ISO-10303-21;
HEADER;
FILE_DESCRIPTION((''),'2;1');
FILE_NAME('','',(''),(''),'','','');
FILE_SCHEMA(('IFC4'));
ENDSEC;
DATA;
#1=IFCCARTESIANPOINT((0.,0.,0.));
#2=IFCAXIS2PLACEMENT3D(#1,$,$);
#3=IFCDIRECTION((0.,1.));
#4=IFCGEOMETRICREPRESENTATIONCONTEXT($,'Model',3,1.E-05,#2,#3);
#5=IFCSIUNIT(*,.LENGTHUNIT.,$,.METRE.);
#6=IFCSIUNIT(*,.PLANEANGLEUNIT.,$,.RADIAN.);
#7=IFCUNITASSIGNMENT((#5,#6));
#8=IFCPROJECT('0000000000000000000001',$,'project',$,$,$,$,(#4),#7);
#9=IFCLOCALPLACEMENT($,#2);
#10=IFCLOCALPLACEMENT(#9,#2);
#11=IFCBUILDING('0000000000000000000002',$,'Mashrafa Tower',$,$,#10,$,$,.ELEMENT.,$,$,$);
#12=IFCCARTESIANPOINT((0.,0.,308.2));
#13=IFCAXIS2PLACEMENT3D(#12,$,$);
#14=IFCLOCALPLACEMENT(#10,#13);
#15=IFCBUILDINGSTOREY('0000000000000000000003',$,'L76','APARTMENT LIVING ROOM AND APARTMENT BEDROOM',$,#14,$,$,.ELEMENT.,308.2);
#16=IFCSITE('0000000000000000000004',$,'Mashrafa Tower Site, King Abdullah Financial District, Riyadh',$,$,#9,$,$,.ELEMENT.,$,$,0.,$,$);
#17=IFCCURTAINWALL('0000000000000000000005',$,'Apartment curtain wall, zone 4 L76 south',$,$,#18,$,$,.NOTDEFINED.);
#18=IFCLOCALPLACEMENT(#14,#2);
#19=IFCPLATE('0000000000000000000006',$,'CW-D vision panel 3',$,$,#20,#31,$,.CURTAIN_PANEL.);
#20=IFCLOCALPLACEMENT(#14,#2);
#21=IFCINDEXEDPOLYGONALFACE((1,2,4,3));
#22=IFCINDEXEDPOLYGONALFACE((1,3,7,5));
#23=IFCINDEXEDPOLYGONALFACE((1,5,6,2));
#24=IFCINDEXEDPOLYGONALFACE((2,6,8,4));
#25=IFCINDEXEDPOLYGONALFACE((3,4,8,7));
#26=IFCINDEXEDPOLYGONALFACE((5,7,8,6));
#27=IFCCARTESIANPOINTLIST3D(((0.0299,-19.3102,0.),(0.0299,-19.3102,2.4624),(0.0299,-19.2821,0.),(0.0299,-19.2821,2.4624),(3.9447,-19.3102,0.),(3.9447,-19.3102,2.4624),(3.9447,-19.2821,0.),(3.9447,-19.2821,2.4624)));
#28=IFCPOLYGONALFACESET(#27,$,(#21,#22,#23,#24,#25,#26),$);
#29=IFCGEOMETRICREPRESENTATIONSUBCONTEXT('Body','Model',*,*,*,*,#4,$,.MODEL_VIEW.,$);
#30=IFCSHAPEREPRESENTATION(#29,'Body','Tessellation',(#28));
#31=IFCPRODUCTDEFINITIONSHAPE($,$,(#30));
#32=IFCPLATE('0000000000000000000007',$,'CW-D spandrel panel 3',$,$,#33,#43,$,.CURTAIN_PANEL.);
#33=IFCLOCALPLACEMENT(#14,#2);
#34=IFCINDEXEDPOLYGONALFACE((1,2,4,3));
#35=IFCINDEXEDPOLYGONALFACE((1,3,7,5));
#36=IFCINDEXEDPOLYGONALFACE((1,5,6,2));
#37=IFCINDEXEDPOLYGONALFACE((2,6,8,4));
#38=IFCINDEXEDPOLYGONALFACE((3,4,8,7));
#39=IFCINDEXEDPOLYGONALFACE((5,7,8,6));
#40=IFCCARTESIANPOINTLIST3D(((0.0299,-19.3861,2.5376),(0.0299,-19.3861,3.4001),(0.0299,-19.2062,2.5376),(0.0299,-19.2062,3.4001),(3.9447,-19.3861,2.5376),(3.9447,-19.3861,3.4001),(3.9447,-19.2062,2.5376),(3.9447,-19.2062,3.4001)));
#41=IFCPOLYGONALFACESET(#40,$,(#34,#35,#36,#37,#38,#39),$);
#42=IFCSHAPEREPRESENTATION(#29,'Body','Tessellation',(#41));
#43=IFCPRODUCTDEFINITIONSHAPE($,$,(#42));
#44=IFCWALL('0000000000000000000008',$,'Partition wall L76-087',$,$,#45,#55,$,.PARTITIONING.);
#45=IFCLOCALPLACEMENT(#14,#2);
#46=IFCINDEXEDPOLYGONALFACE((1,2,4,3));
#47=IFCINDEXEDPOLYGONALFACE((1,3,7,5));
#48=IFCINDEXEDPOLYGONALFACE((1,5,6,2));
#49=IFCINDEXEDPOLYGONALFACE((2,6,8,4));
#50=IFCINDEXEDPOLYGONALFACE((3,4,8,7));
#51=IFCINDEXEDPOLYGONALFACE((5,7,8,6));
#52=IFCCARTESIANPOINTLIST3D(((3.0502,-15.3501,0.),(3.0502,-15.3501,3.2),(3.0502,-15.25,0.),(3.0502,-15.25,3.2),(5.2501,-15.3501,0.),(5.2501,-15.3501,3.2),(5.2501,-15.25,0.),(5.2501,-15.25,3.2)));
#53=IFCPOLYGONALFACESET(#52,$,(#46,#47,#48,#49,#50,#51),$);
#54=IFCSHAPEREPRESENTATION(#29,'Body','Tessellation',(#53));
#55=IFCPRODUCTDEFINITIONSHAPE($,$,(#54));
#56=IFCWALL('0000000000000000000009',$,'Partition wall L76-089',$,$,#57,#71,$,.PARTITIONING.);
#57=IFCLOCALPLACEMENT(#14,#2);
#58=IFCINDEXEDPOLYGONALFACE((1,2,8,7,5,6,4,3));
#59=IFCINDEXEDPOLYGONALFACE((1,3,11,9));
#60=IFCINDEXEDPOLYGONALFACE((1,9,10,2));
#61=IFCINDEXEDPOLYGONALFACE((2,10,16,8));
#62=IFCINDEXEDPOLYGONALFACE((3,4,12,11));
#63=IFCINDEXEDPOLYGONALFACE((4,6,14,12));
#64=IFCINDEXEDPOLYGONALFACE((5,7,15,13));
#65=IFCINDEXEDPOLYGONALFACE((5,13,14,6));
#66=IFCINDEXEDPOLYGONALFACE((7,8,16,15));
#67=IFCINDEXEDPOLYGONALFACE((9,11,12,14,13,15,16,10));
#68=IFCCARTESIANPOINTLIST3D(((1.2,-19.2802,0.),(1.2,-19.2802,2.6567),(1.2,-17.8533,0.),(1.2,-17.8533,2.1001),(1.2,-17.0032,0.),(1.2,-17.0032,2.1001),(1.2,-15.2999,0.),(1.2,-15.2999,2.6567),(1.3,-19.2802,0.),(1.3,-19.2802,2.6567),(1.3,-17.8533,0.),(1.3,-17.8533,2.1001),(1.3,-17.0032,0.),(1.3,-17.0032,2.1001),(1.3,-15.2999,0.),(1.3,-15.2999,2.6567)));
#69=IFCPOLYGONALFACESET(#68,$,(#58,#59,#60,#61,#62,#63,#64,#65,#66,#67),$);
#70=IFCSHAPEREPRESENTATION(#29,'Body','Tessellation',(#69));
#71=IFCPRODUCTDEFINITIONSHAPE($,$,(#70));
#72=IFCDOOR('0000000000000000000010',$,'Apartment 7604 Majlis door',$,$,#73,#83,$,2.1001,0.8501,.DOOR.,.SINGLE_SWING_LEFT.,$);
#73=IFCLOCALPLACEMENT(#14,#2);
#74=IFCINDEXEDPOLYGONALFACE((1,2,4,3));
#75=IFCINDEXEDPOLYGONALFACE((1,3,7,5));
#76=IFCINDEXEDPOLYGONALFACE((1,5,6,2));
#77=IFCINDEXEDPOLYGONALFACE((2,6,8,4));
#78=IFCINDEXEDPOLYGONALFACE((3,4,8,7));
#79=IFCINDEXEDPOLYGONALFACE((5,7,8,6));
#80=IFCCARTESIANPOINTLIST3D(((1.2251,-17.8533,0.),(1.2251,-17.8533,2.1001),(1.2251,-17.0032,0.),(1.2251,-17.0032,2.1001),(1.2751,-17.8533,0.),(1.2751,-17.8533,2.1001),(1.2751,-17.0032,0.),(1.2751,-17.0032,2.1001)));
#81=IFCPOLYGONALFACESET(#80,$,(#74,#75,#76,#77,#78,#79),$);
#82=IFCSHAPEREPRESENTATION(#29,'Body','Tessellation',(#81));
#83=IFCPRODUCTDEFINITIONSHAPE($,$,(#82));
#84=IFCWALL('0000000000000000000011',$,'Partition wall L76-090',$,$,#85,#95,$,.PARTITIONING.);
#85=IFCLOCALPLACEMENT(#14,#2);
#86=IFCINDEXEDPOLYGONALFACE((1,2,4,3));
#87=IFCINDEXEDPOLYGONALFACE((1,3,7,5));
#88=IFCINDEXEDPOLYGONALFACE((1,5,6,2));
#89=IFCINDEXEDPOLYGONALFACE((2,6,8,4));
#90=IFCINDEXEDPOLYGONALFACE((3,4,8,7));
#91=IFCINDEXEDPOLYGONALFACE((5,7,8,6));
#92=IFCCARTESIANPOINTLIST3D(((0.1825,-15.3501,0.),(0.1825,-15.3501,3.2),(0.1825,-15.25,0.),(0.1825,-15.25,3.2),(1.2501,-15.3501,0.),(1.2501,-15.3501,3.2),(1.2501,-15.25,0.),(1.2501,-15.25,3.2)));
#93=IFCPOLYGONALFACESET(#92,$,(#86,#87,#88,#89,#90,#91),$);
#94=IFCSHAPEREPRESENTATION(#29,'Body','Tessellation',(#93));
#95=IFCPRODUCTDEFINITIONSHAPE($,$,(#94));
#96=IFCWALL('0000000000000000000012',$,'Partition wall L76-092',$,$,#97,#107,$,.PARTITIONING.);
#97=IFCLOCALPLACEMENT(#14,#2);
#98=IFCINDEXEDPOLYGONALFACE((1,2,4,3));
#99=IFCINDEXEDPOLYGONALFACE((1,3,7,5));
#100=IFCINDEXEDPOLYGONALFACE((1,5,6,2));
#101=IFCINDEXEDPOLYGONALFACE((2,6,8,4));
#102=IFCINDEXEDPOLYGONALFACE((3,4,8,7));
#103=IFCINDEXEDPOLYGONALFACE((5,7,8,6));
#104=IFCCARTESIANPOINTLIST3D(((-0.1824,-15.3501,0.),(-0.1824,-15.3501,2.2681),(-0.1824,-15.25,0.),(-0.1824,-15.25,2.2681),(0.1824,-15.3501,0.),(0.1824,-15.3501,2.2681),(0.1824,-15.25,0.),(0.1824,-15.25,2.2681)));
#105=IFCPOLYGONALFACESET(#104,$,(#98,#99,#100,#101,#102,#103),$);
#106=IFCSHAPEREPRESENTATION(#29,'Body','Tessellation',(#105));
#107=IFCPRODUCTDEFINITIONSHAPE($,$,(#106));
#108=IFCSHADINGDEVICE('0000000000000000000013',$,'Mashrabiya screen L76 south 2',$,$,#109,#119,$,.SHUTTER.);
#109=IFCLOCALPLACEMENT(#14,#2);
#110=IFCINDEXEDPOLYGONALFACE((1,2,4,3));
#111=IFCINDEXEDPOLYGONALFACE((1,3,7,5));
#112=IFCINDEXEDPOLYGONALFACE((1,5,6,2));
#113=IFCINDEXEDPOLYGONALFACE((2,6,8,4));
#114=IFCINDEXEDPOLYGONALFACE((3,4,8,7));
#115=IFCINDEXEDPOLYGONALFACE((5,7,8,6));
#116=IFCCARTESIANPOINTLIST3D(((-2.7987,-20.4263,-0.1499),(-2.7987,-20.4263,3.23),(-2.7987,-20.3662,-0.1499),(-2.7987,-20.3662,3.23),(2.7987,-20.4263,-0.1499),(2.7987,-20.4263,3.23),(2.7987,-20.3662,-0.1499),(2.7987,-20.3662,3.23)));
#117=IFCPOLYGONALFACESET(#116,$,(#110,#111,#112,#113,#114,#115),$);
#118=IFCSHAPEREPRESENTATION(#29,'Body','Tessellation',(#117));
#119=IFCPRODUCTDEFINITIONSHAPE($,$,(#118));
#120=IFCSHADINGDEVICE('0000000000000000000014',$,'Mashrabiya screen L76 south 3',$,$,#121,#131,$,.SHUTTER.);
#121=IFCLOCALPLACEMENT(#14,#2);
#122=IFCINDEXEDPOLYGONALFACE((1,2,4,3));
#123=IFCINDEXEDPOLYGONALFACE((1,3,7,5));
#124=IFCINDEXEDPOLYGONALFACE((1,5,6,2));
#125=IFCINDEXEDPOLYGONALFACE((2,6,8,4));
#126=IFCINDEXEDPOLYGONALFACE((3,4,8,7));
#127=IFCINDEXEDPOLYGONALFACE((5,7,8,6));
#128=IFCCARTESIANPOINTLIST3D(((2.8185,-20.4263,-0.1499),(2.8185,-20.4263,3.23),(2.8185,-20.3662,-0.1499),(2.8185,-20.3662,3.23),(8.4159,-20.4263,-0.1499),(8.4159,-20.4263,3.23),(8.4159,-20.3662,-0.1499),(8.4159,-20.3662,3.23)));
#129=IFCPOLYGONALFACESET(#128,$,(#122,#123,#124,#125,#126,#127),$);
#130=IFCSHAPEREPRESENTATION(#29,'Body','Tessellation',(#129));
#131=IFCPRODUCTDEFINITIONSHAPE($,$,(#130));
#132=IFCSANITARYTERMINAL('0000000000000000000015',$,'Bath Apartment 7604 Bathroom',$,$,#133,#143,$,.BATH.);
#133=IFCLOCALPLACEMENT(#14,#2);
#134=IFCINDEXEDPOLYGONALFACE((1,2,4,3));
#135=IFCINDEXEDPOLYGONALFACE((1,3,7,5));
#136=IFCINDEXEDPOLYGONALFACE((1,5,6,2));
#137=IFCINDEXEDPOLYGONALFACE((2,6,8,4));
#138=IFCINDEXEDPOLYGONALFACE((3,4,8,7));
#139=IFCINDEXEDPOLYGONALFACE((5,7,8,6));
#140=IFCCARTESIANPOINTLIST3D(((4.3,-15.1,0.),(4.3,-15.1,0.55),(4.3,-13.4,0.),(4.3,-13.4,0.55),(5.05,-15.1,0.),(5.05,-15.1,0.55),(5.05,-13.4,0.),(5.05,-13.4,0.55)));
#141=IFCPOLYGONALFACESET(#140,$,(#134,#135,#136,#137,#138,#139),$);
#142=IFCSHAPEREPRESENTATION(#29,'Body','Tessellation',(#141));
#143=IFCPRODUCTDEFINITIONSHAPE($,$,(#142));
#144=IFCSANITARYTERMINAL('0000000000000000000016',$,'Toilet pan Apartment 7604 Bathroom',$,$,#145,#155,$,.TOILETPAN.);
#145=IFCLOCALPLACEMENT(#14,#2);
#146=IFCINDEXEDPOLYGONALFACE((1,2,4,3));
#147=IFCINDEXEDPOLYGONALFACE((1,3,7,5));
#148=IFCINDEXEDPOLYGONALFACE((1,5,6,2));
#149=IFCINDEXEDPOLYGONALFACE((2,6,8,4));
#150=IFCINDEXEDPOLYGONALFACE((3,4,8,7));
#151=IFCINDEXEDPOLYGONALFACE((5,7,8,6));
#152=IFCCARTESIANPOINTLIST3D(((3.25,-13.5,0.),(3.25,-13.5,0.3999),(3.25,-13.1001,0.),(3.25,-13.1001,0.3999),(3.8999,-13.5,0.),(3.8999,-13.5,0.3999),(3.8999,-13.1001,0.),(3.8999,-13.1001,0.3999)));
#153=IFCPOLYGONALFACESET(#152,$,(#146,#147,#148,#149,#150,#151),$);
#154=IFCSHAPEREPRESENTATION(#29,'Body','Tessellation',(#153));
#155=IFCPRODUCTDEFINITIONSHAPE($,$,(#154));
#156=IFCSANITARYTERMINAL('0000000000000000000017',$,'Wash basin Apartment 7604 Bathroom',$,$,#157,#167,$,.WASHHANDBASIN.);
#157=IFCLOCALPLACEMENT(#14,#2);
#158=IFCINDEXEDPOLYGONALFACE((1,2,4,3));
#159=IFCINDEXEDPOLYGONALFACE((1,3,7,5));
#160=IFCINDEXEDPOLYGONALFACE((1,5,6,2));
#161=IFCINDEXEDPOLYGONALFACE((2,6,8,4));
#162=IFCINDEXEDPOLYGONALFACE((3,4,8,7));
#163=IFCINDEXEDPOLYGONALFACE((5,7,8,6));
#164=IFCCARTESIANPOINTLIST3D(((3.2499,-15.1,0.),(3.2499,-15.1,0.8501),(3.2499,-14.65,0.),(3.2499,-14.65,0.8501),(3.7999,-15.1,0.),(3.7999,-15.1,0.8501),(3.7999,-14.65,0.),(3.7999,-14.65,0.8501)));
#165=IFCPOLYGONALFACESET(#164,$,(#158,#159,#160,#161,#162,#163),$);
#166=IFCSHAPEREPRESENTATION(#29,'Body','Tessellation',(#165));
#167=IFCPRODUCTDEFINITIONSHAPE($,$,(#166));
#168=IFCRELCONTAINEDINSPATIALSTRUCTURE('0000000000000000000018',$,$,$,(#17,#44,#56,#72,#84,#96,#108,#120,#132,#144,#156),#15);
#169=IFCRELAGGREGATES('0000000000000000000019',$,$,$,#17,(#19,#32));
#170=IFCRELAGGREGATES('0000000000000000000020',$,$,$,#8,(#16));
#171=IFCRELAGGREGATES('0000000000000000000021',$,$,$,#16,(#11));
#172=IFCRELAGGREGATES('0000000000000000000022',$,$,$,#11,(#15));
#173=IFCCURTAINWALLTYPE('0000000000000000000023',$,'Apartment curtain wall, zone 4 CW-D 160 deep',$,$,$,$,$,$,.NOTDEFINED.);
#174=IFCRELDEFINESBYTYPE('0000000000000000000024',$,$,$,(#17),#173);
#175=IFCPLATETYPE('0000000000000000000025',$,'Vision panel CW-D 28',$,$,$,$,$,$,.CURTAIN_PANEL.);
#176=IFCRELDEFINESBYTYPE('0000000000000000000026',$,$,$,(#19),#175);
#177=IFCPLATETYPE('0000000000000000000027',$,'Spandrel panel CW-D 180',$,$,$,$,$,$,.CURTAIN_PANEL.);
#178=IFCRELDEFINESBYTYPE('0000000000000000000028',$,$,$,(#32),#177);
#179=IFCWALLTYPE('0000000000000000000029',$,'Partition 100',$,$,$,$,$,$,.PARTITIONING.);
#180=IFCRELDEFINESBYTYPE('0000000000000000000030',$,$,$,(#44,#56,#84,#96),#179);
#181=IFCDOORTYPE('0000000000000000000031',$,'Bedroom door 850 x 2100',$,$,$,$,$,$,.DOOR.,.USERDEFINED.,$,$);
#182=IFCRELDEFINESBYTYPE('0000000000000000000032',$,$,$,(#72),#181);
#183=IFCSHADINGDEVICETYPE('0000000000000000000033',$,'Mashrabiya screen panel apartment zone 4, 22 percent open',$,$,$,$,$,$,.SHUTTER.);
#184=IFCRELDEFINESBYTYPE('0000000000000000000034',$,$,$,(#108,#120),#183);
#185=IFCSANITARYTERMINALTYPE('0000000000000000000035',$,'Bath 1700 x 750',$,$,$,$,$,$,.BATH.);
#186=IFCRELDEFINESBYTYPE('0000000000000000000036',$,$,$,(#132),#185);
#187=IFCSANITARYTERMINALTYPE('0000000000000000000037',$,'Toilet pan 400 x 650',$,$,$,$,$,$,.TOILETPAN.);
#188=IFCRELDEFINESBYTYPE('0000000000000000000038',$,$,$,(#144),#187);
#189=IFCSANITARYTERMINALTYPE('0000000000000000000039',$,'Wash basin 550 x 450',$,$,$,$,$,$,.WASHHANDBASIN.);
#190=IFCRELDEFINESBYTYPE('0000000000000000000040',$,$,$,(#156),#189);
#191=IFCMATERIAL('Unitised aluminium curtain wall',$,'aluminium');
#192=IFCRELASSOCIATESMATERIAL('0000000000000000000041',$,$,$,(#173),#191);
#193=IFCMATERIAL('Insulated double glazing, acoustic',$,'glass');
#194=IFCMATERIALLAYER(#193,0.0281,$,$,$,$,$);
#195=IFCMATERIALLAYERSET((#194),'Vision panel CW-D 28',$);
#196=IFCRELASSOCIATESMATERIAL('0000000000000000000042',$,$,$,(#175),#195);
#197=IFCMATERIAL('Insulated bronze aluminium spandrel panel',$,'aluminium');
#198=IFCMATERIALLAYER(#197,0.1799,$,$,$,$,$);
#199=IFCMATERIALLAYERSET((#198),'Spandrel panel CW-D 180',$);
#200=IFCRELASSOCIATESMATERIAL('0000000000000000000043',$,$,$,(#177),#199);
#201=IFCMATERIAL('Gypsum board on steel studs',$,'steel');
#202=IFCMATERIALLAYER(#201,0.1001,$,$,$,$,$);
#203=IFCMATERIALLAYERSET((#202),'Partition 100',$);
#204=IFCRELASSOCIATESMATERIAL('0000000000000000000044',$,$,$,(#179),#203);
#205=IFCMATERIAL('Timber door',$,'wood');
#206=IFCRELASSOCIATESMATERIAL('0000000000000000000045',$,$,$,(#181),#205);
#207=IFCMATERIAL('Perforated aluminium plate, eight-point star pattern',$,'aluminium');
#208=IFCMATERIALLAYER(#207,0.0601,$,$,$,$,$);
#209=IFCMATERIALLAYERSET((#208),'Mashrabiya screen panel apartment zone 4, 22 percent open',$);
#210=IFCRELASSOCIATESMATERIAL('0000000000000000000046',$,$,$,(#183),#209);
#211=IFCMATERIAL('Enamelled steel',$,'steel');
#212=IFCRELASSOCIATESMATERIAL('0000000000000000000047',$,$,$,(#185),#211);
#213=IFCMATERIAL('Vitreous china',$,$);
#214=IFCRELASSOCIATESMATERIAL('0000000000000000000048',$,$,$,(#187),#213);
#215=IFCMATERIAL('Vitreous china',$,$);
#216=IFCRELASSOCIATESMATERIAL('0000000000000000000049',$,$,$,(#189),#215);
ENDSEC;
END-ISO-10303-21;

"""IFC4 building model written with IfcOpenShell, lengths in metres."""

from ifc_helpers import new_model, si_unit, direction, frame, frame_2d, origin, origin_2d, place, context, subcontext, project, spatial, rectangle, extrude, source, transform, mapped, material, layer, layer_set, type_object, type_shapes, element, fill, aggregate, save


model = new_model("IFC4")

# Units and contexts
model_context = context("Model", 3, precision=1e-05, world=origin(), true_north=direction((0.0, 1.0)))
body_context = subcontext(model_context, "Body", "Model", "MODEL_VIEW")
ifc_project = project(units=[si_unit("LENGTHUNIT", "METRE"), si_unit("PLANEANGLEUNIT", "RADIAN")], contexts=[model_context])

# Site, building, storey
site_placement = place(None, origin())
site = spatial("IfcSite", under=ifc_project, at=site_placement, Name="Mashrafa Tower Site, King Abdullah Financial District, Riyadh", CompositionType="ELEMENT", RefElevation=0.0)
building_placement = place(site_placement, origin())
building = spatial("IfcBuilding", under=site, at=building_placement, Name="Mashrafa Tower", CompositionType="ELEMENT")
storey_placement = place(building_placement, frame((0.0, 0.0, 308.2)))
storey = spatial("IfcBuildingStorey", under=building, at=storey_placement, Name="L76", Description="APARTMENT LIVING ROOM AND APARTMENT BEDROOM", CompositionType="ELEMENT", Elevation=308.2)

# Curtain wall
ifc_material_1 = material(Name="Unitised aluminium curtain wall", Category="aluminium")
curtain_wall_type = type_object("IfcCurtainWallType", Name="Apartment curtain wall, zone 4 CW-D 160 deep", PredefinedType="NOTDEFINED", material=ifc_material_1)
curtain_wall_1_placement = place(storey_placement, origin())
curtain_wall_1 = element("IfcCurtainWall", 1, at=curtain_wall_1_placement, inside=storey, type_object=curtain_wall_type, Name="Apartment curtain wall, zone 4 L76 south", PredefinedType="NOTDEFINED")

# Plates
ifc_material_2 = material(Name="Insulated double glazing, acoustic", Category="glass")
ifc_layer_1 = layer(ifc_material_2, 0.0281)
ifc_layer_set_1 = layer_set([ifc_layer_1], Name="Vision panel CW-D 28")
plate_type_1 = type_object("IfcPlateType", Name="Vision panel CW-D 28", PredefinedType="CURTAIN_PANEL", material=ifc_layer_set_1)
ifc_material_3 = material(Name="Insulated bronze aluminium spandrel panel", Category="aluminium")
ifc_layer_2 = layer(ifc_material_3, 0.1799)
ifc_layer_set_2 = layer_set([ifc_layer_2], Name="Spandrel panel CW-D 180")
plate_type_2 = type_object("IfcPlateType", Name="Spandrel panel CW-D 180", PredefinedType="CURTAIN_PANEL", material=ifc_layer_set_2)
shared_shape_1 = source(origin(), body_context, "Body", "SweptSolid", [
    extrude(rectangle(XDim=3.9148, YDim=0.0281, at=origin_2d()), origin(), (0.0, 0.0, 1.0), 2.4624),
])
plate_1_placement = place(storey_placement, frame((1.9873, -19.2961, 0.0), z_axis=(0.0, 0.0, 1.0), x_axis=(1.0, 0.0, 0.0)))
plate_1 = element("IfcPlate", 2, at=plate_1_placement, type_object=plate_type_1, Name="CW-D vision panel 3", PredefinedType="CURTAIN_PANEL", context=body_context, shape_type="MappedRepresentation", body=[
    mapped(shared_shape_1, transform((0.0, 0.0, 0.0))),
])
shared_shape_2 = source(origin(), body_context, "Body", "SweptSolid", [
    extrude(rectangle(XDim=3.9148, YDim=0.1799, at=origin_2d()), origin(), (0.0, 0.0, 1.0), 0.8625),
])
plate_2_placement = place(storey_placement, frame((1.9873, -19.2961, 2.5376), z_axis=(0.0, 0.0, 1.0), x_axis=(1.0, 0.0, 0.0)))
plate_2 = element("IfcPlate", 3, at=plate_2_placement, type_object=plate_type_2, Name="CW-D spandrel panel 3", PredefinedType="CURTAIN_PANEL", context=body_context, shape_type="MappedRepresentation", body=[
    mapped(shared_shape_2, transform((0.0, 0.0, 0.0))),
])
aggregate(curtain_wall_1, [plate_1, plate_2])

# Wall
ifc_material_4 = material(Name="Gypsum board on steel studs", Category="steel")
ifc_layer_3 = layer(ifc_material_4, 0.1001)
ifc_layer_set_3 = layer_set([ifc_layer_3], Name="Partition 100")
wall_type = type_object("IfcWallType", Name="Partition 100", PredefinedType="PARTITIONING", material=ifc_layer_set_3)
wall_1_placement = place(storey_placement, frame((3.05, -15.3, 0.0), z_axis=(0.0, 0.0, 1.0), x_axis=(1.0, 0.0, 0.0)))
element("IfcWall", 4, at=wall_1_placement, inside=storey, type_object=wall_type, Name="Partition wall L76-087", PredefinedType="PARTITIONING", context=body_context, shape_type="SweptSolid", body=[
    extrude(rectangle(XDim=2.2, YDim=0.1001, at=frame_2d((1.1001, 0.0))), origin(), (0.0, 0.0, 1.0), 3.2),
])

# Wall, opening, door
wall_2_placement = place(storey_placement, frame((1.25, -19.2803, 0.0), z_axis=(0.0, 0.0, 1.0), x_axis=(0.0, 1.0, 0.0)))
wall_2 = element("IfcWall", 5, at=wall_2_placement, inside=storey, type_object=wall_type, Name="Partition wall L76-089", PredefinedType="PARTITIONING", context=body_context, shape_type="SweptSolid", body=[
    extrude(rectangle(XDim=3.9802, YDim=0.1001, at=frame_2d((1.9902, 0.0))), origin(), (0.0, 0.0, 1.0), 2.6567),
])
opening_placement = place(wall_2_placement, frame((1.427, 0.0, 0.0)))
opening = element("IfcOpeningElement", 6, at=opening_placement, cuts=wall_2, PredefinedType="OPENING", context=body_context, shape_type="SweptSolid", body=[
    extrude(rectangle(XDim=0.8501, YDim=2.1001, at=frame_2d((0.425, 1.05))), frame((0.0, 0.0601, 0.0), z_axis=(0.0, -1.0, 0.0), x_axis=(1.0, 0.0, 0.0)), (0.0, 0.0, 1.0), 0.1201),
])
ifc_material_5 = material(Name="Timber door", Category="wood")
door_type = type_object("IfcDoorType", Name="Bedroom door 850 x 2100", OperationType="USERDEFINED", PredefinedType="DOOR", material=ifc_material_5)
door_placement = place(opening_placement, origin())
door = element("IfcDoor", 7, at=door_placement, inside=storey, type_object=door_type, Name="Apartment 7604 Majlis door", OperationType="SINGLE_SWING_LEFT", OverallHeight=2.1001, OverallWidth=0.8501, PredefinedType="DOOR", context=body_context, shape_type="SweptSolid", body=[
    extrude(rectangle(XDim=0.8501, YDim=2.1001, at=frame_2d((0.425, 1.05))), frame((0.0, 0.0249, 0.0), z_axis=(0.0, -1.0, 0.0), x_axis=(1.0, 0.0, 0.0)), (0.0, 0.0, 1.0), 0.05),
])
fill(opening, door)

# Walls
wall_3_placement = place(storey_placement, frame((1.25, -15.3, 0.0), z_axis=(0.0, 0.0, 1.0), x_axis=(-1.0, 0.0, 0.0)))
element("IfcWall", 8, at=wall_3_placement, inside=storey, type_object=wall_type, Name="Partition wall L76-090", PredefinedType="PARTITIONING", context=body_context, shape_type="SweptSolid", body=[
    extrude(rectangle(XDim=1.0676, YDim=0.1001, at=frame_2d((0.5337, 0.0))), origin(), (0.0, 0.0, 1.0), 3.2),
])
wall_4_placement = place(storey_placement, frame((0.1824, -15.3, 0.0), z_axis=(0.0, 0.0, 1.0), x_axis=(-1.0, 0.0, 0.0)))
element("IfcWall", 9, at=wall_4_placement, inside=storey, type_object=wall_type, Name="Partition wall L76-092", PredefinedType="PARTITIONING", context=body_context, shape_type="SweptSolid", body=[
    extrude(rectangle(XDim=0.3647, YDim=0.1001, at=frame_2d((0.1824, 0.0))), origin(), (0.0, 0.0, 1.0), 2.2681),
])

# Shading devices
ifc_material_6 = material(Name="Perforated aluminium plate, eight-point star pattern", Category="aluminium")
ifc_layer_4 = layer(ifc_material_6, 0.0601)
ifc_layer_set_4 = layer_set([ifc_layer_4], Name="Mashrabiya screen panel apartment zone 4, 22 percent open")
shading_device_type = type_object("IfcShadingDeviceType", Name="Mashrabiya screen panel apartment zone 4, 22 percent open", PredefinedType="SHUTTER", material=ifc_layer_set_4)
shared_shape_3 = source(origin(), body_context, "Body", "SweptSolid", [
    extrude(rectangle(XDim=5.5974, YDim=0.0601, at=origin_2d()), origin(), (0.0, 0.0, 1.0), 3.3799),
])
type_shapes(shading_device_type, [shared_shape_3])
for number, where, z_axis, x_axis, name in (
    (10, (0.0, -20.3962, -0.1499), (0.0, 0.0, 1.0), (1.0, 0.0, 0.0), "Mashrabiya screen L76 south 2"),
    (11, (5.6172, -20.3962, -0.1499), (0.0, 0.0, 1.0), (1.0, 0.0, 0.0), "Mashrabiya screen L76 south 3"),
):
    element("IfcShadingDevice", number, at=place(storey_placement, frame(where, z_axis=z_axis, x_axis=x_axis)), inside=storey, type_object=shading_device_type, Name=name, PredefinedType="SHUTTER", context=body_context, shape_type="MappedRepresentation", body=[
        mapped(shared_shape_3, transform((0.0, 0.0, 0.0))),
    ])

# Sanitary terminals
ifc_material_7 = material(Name="Enamelled steel", Category="steel")
sanitary_terminal_type_1 = type_object("IfcSanitaryTerminalType", Name="Bath 1700 x 750", PredefinedType="BATH", material=ifc_material_7)
sanitary_terminal_1_placement = place(storey_placement, frame((4.675, -14.25, 0.0), z_axis=(0.0, 0.0, 1.0), x_axis=(0.0, 1.0, 0.0)))
element("IfcSanitaryTerminal", 12, at=sanitary_terminal_1_placement, inside=storey, type_object=sanitary_terminal_type_1, Name="Bath Apartment 7604 Bathroom", PredefinedType="BATH", context=body_context, shape_type="SweptSolid", body=[
    extrude(rectangle(XDim=1.7, YDim=0.75, at=origin_2d()), origin(), (0.0, 0.0, 1.0), 0.55),
])
ifc_material_8 = material(Name="Vitreous china")
sanitary_terminal_type_2 = type_object("IfcSanitaryTerminalType", Name="Toilet pan 400 x 650", PredefinedType="TOILETPAN", material=ifc_material_8)
sanitary_terminal_2_placement = place(storey_placement, frame((3.575, -13.3, 0.0), z_axis=(0.0, 0.0, 1.0), x_axis=(0.0, -1.0, 0.0)))
element("IfcSanitaryTerminal", 13, at=sanitary_terminal_2_placement, inside=storey, type_object=sanitary_terminal_type_2, Name="Toilet pan Apartment 7604 Bathroom", PredefinedType="TOILETPAN", context=body_context, shape_type="SweptSolid", body=[
    extrude(rectangle(XDim=0.3999, YDim=0.6499, at=origin_2d()), origin(), (0.0, 0.0, 1.0), 0.3999),
])
ifc_material_9 = material(Name="Vitreous china")
sanitary_terminal_type_3 = type_object("IfcSanitaryTerminalType", Name="Wash basin 550 x 450", PredefinedType="WASHHANDBASIN", material=ifc_material_9)
sanitary_terminal_3_placement = place(storey_placement, frame((3.5249, -14.875, 0.0), z_axis=(0.0, 0.0, 1.0), x_axis=(1.0, 0.0, 0.0)))
element("IfcSanitaryTerminal", 14, at=sanitary_terminal_3_placement, inside=storey, type_object=sanitary_terminal_type_3, Name="Wash basin Apartment 7604 Bathroom", PredefinedType="WASHHANDBASIN", context=body_context, shape_type="SweptSolid", body=[
    extrude(rectangle(XDim=0.55, YDim=0.45, at=origin_2d()), origin(), (0.0, 0.0, 1.0), 0.8501),
])

save(model, "model.ifc")
